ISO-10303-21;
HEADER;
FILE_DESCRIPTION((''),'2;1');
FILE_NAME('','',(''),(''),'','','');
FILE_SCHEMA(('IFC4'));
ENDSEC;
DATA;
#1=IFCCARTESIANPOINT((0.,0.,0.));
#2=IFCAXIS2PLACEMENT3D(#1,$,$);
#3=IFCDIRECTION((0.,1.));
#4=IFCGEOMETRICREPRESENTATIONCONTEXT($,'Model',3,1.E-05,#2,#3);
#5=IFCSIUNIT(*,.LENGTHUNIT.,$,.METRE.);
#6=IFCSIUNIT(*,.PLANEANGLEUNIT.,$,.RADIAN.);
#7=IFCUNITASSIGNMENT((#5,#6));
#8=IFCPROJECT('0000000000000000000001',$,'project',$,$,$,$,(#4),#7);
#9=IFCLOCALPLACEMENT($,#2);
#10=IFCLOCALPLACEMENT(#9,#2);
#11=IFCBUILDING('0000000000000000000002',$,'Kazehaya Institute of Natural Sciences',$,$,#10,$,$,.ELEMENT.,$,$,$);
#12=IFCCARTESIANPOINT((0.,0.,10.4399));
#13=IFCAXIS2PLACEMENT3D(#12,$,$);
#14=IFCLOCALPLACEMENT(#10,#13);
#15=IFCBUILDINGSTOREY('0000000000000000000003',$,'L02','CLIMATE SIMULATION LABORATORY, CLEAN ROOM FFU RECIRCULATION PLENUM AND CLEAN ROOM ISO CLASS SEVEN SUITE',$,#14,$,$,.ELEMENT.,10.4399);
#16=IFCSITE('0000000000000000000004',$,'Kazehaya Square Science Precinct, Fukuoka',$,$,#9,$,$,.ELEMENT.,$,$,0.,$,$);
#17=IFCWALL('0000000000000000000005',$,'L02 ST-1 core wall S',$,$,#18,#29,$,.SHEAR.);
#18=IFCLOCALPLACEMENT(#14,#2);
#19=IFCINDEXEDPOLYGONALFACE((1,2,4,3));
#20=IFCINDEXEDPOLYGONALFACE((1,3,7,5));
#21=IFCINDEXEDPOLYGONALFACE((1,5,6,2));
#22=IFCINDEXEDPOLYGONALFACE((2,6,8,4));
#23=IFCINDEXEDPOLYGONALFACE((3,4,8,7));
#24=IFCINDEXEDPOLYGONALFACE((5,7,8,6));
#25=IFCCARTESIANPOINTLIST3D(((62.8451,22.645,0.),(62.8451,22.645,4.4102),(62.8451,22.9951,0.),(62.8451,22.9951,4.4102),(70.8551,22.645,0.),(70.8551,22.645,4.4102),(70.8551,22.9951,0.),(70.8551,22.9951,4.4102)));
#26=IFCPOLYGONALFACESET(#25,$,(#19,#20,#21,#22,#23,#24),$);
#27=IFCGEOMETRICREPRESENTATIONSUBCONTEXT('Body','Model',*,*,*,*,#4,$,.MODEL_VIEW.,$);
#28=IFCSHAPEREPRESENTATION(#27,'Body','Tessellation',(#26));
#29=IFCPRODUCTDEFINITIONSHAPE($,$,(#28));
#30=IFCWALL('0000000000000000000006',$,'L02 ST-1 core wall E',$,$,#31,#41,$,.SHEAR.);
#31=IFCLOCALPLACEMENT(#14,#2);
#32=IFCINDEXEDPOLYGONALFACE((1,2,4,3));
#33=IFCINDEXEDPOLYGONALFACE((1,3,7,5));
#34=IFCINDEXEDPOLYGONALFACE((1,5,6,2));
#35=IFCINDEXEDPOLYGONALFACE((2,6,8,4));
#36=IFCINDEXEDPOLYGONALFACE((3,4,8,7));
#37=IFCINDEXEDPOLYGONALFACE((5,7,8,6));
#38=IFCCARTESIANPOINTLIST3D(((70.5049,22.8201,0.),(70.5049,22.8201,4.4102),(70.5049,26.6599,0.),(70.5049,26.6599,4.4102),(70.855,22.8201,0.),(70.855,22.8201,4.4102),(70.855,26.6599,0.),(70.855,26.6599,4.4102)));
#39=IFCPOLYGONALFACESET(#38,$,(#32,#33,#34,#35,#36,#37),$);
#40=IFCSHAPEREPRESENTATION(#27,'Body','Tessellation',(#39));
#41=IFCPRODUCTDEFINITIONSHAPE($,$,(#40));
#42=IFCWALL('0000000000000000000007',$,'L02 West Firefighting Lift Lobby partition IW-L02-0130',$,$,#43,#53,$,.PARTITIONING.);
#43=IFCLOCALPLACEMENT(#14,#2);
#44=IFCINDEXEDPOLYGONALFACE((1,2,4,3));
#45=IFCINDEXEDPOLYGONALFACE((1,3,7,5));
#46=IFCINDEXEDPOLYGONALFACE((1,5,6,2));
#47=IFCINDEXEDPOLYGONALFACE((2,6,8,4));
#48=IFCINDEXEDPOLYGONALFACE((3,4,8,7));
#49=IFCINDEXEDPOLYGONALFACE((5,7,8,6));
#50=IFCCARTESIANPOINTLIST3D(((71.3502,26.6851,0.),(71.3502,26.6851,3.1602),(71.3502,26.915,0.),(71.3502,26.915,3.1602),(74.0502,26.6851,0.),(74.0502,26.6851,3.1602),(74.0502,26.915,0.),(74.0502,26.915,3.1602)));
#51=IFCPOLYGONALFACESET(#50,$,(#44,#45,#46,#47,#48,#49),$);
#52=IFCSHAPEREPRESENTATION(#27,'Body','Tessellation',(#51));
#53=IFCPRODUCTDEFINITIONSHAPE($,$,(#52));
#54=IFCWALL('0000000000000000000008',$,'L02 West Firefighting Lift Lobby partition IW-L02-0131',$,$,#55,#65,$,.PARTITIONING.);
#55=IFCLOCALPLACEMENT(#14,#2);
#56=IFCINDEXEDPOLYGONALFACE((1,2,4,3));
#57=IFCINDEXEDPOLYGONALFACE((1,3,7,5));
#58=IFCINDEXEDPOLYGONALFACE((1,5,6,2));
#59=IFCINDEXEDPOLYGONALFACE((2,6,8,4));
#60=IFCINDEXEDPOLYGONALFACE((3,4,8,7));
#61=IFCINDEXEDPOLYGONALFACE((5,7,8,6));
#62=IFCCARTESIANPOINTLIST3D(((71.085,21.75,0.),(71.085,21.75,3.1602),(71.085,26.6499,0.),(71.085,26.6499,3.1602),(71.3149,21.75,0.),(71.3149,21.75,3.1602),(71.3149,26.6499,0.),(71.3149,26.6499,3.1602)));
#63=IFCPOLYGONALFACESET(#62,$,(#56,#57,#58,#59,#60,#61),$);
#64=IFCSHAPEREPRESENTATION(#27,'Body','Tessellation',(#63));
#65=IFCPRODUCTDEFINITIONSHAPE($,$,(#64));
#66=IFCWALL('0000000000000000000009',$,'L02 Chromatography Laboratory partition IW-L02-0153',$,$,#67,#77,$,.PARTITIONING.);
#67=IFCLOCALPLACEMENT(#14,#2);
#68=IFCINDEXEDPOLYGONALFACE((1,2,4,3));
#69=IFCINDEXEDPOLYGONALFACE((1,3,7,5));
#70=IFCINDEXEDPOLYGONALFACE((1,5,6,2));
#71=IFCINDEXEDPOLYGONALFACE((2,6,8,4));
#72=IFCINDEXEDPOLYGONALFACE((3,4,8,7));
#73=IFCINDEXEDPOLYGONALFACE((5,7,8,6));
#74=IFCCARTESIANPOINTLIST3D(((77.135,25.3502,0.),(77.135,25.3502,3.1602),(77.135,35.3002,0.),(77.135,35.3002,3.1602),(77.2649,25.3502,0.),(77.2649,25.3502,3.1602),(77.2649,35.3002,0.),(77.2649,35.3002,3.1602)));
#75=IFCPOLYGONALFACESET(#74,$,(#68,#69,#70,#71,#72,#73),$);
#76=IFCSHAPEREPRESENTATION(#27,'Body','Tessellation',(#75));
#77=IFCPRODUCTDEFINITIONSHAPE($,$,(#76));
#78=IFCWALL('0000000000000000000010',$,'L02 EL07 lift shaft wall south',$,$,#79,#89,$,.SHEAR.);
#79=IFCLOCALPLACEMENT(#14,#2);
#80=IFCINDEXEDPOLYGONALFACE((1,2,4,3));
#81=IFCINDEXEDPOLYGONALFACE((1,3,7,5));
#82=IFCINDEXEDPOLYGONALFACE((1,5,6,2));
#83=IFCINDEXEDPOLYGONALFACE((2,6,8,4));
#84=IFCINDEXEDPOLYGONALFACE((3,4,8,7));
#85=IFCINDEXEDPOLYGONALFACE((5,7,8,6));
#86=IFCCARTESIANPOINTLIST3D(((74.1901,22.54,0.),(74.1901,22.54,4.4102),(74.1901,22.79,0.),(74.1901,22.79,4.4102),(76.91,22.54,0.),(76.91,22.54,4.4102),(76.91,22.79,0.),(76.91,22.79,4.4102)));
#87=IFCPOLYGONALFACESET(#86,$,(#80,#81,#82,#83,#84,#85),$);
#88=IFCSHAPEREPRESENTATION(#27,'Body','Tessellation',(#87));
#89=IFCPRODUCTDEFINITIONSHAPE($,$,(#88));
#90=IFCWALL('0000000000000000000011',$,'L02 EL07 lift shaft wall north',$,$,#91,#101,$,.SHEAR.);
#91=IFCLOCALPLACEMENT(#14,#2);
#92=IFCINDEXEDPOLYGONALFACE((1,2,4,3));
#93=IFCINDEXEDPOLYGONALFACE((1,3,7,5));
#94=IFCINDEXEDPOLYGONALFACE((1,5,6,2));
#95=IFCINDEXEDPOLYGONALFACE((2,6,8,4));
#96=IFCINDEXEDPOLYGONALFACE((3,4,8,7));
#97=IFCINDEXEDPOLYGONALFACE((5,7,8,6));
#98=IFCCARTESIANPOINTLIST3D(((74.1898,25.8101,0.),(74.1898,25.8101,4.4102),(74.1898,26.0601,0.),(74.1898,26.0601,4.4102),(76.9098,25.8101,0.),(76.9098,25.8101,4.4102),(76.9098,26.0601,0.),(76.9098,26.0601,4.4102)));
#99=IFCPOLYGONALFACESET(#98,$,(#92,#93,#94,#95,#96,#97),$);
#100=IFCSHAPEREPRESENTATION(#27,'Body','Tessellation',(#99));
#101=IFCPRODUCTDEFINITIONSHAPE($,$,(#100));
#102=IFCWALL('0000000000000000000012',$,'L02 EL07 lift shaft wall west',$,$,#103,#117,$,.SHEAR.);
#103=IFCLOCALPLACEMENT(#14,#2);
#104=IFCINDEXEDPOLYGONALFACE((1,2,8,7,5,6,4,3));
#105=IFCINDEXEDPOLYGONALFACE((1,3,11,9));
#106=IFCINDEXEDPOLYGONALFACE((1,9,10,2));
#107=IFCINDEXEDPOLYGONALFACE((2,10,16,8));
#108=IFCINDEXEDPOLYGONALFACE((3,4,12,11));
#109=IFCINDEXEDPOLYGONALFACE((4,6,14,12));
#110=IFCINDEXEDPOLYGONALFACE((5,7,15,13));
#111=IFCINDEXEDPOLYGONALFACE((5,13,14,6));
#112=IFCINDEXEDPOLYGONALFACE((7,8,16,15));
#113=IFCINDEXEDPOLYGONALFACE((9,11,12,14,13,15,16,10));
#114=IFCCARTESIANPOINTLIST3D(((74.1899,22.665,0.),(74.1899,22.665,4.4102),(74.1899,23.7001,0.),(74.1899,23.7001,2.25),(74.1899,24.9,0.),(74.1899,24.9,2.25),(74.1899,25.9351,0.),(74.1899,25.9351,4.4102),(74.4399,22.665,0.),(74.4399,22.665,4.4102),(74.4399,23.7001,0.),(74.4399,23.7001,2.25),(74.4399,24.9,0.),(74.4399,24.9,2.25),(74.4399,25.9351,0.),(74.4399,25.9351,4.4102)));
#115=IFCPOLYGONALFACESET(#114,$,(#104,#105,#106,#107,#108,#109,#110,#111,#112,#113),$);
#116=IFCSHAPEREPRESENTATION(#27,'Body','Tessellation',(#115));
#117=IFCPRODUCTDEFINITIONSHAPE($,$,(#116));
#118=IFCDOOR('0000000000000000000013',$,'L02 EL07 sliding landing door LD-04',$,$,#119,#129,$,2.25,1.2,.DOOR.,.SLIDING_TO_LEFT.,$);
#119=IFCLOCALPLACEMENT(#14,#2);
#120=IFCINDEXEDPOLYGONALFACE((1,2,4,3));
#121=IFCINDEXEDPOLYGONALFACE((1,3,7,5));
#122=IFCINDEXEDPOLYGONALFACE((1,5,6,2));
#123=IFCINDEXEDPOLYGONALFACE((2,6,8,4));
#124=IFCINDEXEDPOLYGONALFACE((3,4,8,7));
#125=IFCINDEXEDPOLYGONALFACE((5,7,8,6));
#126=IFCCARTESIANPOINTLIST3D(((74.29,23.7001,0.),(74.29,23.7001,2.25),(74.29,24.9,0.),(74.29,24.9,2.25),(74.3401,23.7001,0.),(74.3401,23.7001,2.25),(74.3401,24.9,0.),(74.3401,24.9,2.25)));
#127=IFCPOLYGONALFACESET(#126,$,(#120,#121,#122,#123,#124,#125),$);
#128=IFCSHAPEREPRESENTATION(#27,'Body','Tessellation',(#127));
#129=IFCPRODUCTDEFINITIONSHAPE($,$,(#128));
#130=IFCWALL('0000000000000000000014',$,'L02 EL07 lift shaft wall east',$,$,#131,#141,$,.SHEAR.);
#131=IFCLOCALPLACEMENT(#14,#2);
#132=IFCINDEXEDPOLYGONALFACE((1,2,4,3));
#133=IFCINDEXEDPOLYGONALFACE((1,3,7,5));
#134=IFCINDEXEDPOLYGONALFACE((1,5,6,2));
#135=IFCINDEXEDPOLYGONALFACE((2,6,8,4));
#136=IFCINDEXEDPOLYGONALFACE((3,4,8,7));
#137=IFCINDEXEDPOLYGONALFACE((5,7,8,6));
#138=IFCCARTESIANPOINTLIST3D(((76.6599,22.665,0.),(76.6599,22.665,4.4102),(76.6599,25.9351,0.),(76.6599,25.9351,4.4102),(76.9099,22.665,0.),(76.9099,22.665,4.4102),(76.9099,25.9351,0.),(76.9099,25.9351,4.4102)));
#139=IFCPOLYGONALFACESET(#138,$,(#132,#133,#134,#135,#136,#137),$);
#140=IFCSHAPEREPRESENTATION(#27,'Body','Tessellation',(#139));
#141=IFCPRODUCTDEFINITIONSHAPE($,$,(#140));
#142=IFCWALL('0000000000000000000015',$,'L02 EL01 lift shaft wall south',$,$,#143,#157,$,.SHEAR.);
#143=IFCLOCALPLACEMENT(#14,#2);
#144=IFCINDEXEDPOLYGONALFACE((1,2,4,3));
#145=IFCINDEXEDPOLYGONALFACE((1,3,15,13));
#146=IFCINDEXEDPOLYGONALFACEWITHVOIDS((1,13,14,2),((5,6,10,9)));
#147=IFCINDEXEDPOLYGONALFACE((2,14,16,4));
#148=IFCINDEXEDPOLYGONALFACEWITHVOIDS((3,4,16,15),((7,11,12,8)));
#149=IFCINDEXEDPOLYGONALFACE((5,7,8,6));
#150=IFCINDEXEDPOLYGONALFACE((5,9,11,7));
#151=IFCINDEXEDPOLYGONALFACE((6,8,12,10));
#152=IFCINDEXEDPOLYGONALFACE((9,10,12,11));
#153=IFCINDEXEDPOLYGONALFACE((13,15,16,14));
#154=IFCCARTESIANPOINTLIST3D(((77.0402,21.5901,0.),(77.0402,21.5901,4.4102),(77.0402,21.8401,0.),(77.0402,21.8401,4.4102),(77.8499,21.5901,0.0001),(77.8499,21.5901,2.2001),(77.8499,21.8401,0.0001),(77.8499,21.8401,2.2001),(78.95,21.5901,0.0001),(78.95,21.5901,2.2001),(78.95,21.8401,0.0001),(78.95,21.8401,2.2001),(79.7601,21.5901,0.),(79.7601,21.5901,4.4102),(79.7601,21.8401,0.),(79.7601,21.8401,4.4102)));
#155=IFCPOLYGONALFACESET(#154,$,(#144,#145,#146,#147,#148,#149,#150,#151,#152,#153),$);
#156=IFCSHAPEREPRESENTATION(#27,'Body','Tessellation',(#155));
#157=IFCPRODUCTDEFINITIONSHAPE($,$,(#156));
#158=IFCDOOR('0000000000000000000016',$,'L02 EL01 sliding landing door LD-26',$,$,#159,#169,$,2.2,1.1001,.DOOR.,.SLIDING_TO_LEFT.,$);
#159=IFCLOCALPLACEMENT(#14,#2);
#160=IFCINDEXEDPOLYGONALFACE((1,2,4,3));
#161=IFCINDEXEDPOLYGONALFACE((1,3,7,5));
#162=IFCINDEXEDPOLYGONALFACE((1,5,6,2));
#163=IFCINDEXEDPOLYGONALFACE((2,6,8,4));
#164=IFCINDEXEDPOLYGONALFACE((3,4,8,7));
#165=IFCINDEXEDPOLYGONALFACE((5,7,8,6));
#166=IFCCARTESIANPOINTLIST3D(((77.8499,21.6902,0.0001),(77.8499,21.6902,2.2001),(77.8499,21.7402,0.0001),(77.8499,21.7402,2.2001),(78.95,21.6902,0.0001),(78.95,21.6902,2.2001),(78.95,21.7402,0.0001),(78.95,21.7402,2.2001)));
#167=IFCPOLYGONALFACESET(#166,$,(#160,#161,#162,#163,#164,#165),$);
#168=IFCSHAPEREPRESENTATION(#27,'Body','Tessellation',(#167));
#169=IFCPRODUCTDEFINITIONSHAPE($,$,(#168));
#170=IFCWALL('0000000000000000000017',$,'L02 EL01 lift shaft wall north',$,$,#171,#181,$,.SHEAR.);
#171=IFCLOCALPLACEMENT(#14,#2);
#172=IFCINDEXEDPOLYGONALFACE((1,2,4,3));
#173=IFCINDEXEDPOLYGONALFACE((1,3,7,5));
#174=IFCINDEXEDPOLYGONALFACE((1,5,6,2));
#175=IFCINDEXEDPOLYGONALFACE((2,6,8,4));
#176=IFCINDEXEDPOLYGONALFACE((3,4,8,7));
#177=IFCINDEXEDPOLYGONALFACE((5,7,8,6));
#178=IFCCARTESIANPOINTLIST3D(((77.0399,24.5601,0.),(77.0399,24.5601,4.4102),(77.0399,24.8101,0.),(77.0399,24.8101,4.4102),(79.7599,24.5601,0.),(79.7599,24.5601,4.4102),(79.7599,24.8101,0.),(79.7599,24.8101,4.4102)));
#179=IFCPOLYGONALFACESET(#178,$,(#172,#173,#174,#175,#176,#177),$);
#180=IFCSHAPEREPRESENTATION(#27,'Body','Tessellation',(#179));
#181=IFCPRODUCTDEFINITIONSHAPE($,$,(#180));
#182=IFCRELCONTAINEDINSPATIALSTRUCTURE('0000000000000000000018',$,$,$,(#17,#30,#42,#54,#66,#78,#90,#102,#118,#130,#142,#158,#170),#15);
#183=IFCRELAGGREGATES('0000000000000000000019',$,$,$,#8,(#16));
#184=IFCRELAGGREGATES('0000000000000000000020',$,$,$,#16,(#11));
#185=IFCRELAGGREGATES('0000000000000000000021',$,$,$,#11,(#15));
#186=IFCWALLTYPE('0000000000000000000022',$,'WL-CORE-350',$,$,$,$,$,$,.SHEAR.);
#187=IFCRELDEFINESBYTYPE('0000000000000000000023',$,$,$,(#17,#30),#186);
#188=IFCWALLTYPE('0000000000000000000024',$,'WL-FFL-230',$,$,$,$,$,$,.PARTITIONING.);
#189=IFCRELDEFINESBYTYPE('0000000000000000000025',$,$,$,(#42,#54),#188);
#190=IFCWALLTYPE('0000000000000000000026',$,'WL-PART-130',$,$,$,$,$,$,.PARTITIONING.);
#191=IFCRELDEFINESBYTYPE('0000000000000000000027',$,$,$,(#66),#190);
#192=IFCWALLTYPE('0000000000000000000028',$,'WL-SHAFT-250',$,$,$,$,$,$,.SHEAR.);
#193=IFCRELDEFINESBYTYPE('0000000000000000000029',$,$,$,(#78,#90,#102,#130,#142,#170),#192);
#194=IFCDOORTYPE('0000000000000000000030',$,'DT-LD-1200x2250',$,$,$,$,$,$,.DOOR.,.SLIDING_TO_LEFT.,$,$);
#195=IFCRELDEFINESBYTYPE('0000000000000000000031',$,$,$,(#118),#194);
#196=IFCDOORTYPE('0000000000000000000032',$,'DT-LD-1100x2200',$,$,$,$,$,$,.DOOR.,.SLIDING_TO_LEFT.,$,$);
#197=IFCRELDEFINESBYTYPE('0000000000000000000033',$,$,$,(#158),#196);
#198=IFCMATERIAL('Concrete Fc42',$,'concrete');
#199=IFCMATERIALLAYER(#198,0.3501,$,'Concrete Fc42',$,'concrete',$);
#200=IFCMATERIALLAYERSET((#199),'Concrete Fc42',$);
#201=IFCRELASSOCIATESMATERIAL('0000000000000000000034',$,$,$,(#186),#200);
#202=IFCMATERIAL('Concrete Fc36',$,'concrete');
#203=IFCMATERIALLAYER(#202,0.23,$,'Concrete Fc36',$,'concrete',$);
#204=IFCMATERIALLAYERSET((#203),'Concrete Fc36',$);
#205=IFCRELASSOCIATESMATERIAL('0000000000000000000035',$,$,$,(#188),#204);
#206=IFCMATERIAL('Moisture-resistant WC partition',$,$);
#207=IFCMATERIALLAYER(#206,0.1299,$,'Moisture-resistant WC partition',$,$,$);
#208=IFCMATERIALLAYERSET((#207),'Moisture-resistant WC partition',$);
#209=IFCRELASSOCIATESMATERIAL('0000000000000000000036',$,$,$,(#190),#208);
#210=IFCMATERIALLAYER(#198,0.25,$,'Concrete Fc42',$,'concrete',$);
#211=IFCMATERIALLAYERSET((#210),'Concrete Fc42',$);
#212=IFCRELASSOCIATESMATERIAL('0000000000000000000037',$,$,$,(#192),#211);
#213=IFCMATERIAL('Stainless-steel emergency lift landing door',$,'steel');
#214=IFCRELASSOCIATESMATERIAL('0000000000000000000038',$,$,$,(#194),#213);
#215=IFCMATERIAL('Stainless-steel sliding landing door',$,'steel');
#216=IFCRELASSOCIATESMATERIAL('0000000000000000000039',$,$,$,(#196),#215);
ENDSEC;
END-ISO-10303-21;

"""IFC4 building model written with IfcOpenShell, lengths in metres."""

from ifc_helpers import new_model, si_unit, direction, frame, frame_2d, origin, place, context, subcontext, project, spatial, rectangle, extrude, material, layer, layer_set, type_object, element, fill, save


model = new_model("IFC4")

# Units and contexts
model_context = context("Model", 3, precision=1e-05, world=origin(), true_north=direction((0.0, 1.0)))
body_context = subcontext(model_context, "Body", "Model", "MODEL_VIEW")
ifc_project = project(units=[si_unit("LENGTHUNIT", "METRE"), si_unit("PLANEANGLEUNIT", "RADIAN")], contexts=[model_context])

# Site, building, storey
site_placement = place(None, origin())
site = spatial("IfcSite", under=ifc_project, at=site_placement, Name="Kazehaya Square Science Precinct, Fukuoka", CompositionType="ELEMENT", RefElevation=0.0)
building_placement = place(site_placement, origin())
building = spatial("IfcBuilding", under=site, at=building_placement, Name="Kazehaya Institute of Natural Sciences", CompositionType="ELEMENT")
storey_placement = place(building_placement, frame((0.0, 0.0, 10.4399)))
storey = spatial("IfcBuildingStorey", under=building, at=storey_placement, Name="L02", Description="CLIMATE SIMULATION LABORATORY, CLEAN ROOM FFU RECIRCULATION PLENUM AND CLEAN ROOM ISO CLASS SEVEN SUITE", CompositionType="ELEMENT", Elevation=10.4399)

# Shared definitions
ifc_material_1 = material(Name="Concrete Fc42", Category="concrete")

# Shared definitions
ifc_material_2 = material(Name="Concrete Fc36", Category="concrete")

# Walls
ifc_layer_1 = layer(ifc_material_1, 0.3501, Name="Concrete Fc42", Category="concrete")
ifc_layer_set_1 = layer_set([ifc_layer_1], Name="Concrete Fc42")
wall_type_1 = type_object("IfcWallType", Name="WL-CORE-350", PredefinedType="SHEAR", material=ifc_layer_set_1)
wall_1_placement = place(storey_placement, frame((70.855, 22.8201, 0.0), z_axis=(0.0, 0.0, 1.0), x_axis=(-1.0, 0.0, 0.0)))
element("IfcWall", 1, at=wall_1_placement, inside=storey, type_object=wall_type_1, Name="L02 ST-1 core wall S", PredefinedType="SHEAR", context=body_context, shape_type="SweptSolid", body=[
    extrude(rectangle(XDim=8.01, YDim=0.3501, at=frame_2d((4.0049, 0.0))), origin(), (0.0, 0.0, 1.0), 4.4102),
])
wall_2_placement = place(storey_placement, frame((70.6799, 26.6599, 0.0), z_axis=(0.0, 0.0, 1.0), x_axis=(0.0, -1.0, 0.0)))
element("IfcWall", 2, at=wall_2_placement, inside=storey, type_object=wall_type_1, Name="L02 ST-1 core wall E", PredefinedType="SHEAR", context=body_context, shape_type="SweptSolid", body=[
    extrude(rectangle(XDim=3.8398, YDim=0.3501, at=frame_2d((1.9199, 0.0))), origin(), (0.0, 0.0, 1.0), 4.4102),
])

# Shared definitions
ifc_layer_2 = layer(ifc_material_2, 0.23, Name="Concrete Fc36", Category="concrete")
ifc_layer_set_2 = layer_set([ifc_layer_2], Name="Concrete Fc36")
wall_type_2 = type_object("IfcWallType", Name="WL-FFL-230", PredefinedType="PARTITIONING", material=ifc_layer_set_2)

# Walls
wall_3_placement = place(storey_placement, frame((71.3501, 26.8, 0.0), z_axis=(0.0, 0.0, 1.0), x_axis=(1.0, 0.0, 0.0)))
element("IfcWall", 3, at=wall_3_placement, inside=storey, type_object=wall_type_2, Name="L02 West Firefighting Lift Lobby partition IW-L02-0130", PredefinedType="PARTITIONING", context=body_context, shape_type="SweptSolid", body=[
    extrude(rectangle(XDim=2.7, YDim=0.23, at=frame_2d((1.3501, 0.0))), origin(), (0.0, 0.0, 1.0), 3.1602),
])
wall_4_placement = place(storey_placement, frame((71.2, 21.75, 0.0), z_axis=(0.0, 0.0, 1.0), x_axis=(0.0, 1.0, 0.0)))
element("IfcWall", 4, at=wall_4_placement, inside=storey, type_object=wall_type_2, Name="L02 West Firefighting Lift Lobby partition IW-L02-0131", PredefinedType="PARTITIONING", context=body_context, shape_type="SweptSolid", body=[
    extrude(rectangle(XDim=4.8999, YDim=0.23, at=frame_2d((2.45, 0.0))), origin(), (0.0, 0.0, 1.0), 3.1602),
])
ifc_material_3 = material(Name="Moisture-resistant WC partition")
ifc_layer_3 = layer(ifc_material_3, 0.1299, Name="Moisture-resistant WC partition")
ifc_layer_set_3 = layer_set([ifc_layer_3], Name="Moisture-resistant WC partition")
wall_type_3 = type_object("IfcWallType", Name="WL-PART-130", PredefinedType="PARTITIONING", material=ifc_layer_set_3)
wall_5_placement = place(storey_placement, frame((77.2, 25.3501, 0.0), z_axis=(0.0, 0.0, 1.0), x_axis=(0.0, 1.0, 0.0)))
element("IfcWall", 5, at=wall_5_placement, inside=storey, type_object=wall_type_3, Name="L02 Chromatography Laboratory partition IW-L02-0153", PredefinedType="PARTITIONING", context=body_context, shape_type="SweptSolid", body=[
    extrude(rectangle(XDim=9.95, YDim=0.1299, at=frame_2d((4.9751, 0.0))), origin(), (0.0, 0.0, 1.0), 3.1602),
])
ifc_layer_4 = layer(ifc_material_1, 0.25, Name="Concrete Fc42", Category="concrete")
ifc_layer_set_4 = layer_set([ifc_layer_4], Name="Concrete Fc42")
wall_type_4 = type_object("IfcWallType", Name="WL-SHAFT-250", PredefinedType="SHEAR", material=ifc_layer_set_4)
for number, where, z_axis, x_axis, name in (
    (6, (76.9099, 22.665, 0.0), (0.0, 0.0, 1.0), (-1.0, 0.0, 0.0), "L02 EL07 lift shaft wall south"),
    (7, (74.1899, 25.9351, 0.0), (0.0, 0.0, 1.0), (1.0, 0.0, 0.0), "L02 EL07 lift shaft wall north"),
):
    element("IfcWall", number, at=place(storey_placement, frame(where, z_axis=z_axis, x_axis=x_axis)), inside=storey, type_object=wall_type_4, Name=name, PredefinedType="SHEAR", context=body_context, shape_type="SweptSolid", body=[
        extrude(rectangle(XDim=2.72, YDim=0.25, at=frame_2d((1.3599, 0.0))), origin(), (0.0, 0.0, 1.0), 4.4102),
    ])

# Wall, opening, door
wall_6_placement = place(storey_placement, frame((74.3149, 22.665, 0.0), z_axis=(0.0, 0.0, 1.0), x_axis=(0.0, 1.0, 0.0)))
wall_6 = element("IfcWall", 8, at=wall_6_placement, inside=storey, type_object=wall_type_4, Name="L02 EL07 lift shaft wall west", PredefinedType="SHEAR", context=body_context, shape_type="SweptSolid", body=[
    extrude(rectangle(XDim=3.27, YDim=0.25, at=frame_2d((1.635, 0.0))), origin(), (0.0, 0.0, 1.0), 4.4102),
])
opening_1_placement = place(wall_6_placement, frame((1.0349, 0.0, 0.0)))
opening_1 = element("IfcOpeningElement", 9, at=opening_1_placement, cuts=wall_6, PredefinedType="OPENING", context=body_context, shape_type="SweptSolid", body=[
    extrude(rectangle(XDim=1.2, YDim=2.25, at=frame_2d((0.6001, 1.125))), frame((0.0, 0.135, 0.0), z_axis=(0.0, -1.0, 0.0), x_axis=(1.0, 0.0, 0.0)), (0.0, 0.0, 1.0), 0.27),
])
ifc_material_4 = material(Name="Stainless-steel emergency lift landing door", Category="steel")
door_type_1 = type_object("IfcDoorType", Name="DT-LD-1200x2250", OperationType="SLIDING_TO_LEFT", PredefinedType="DOOR", material=ifc_material_4)
door_1_placement = place(opening_1_placement, origin())
door_1 = element("IfcDoor", 10, at=door_1_placement, inside=storey, type_object=door_type_1, Name="L02 EL07 sliding landing door LD-04", OperationType="SLIDING_TO_LEFT", OverallHeight=2.25, OverallWidth=1.2, PredefinedType="DOOR", context=body_context, shape_type="SweptSolid", body=[
    extrude(rectangle(XDim=1.2, YDim=2.25, at=frame_2d((0.6001, 1.125))), frame((0.0, 0.0249, 0.0), z_axis=(0.0, -1.0, 0.0), x_axis=(1.0, 0.0, 0.0)), (0.0, 0.0, 1.0), 0.05),
])
fill(opening_1, door_1)

# Wall
wall_7_placement = place(storey_placement, frame((76.7849, 25.9351, 0.0), z_axis=(0.0, 0.0, 1.0), x_axis=(0.0, -1.0, 0.0)))
element("IfcWall", 11, at=wall_7_placement, inside=storey, type_object=wall_type_4, Name="L02 EL07 lift shaft wall east", PredefinedType="SHEAR", context=body_context, shape_type="SweptSolid", body=[
    extrude(rectangle(XDim=3.27, YDim=0.25, at=frame_2d((1.635, 0.0))), origin(), (0.0, 0.0, 1.0), 4.4102),
])

# Wall, opening, door
wall_8_placement = place(storey_placement, frame((79.76, 21.7151, 0.0), z_axis=(0.0, 0.0, 1.0), x_axis=(-1.0, 0.0, 0.0)))
wall_8 = element("IfcWall", 12, at=wall_8_placement, inside=storey, type_object=wall_type_4, Name="L02 EL01 lift shaft wall south", PredefinedType="SHEAR", context=body_context, shape_type="SweptSolid", body=[
    extrude(rectangle(XDim=2.72, YDim=0.25, at=frame_2d((1.3599, 0.0))), origin(), (0.0, 0.0, 1.0), 4.4102),
])
opening_2_placement = place(wall_8_placement, frame((0.8101, 0.0, 0.0)))
opening_2 = element("IfcOpeningElement", 13, at=opening_2_placement, cuts=wall_8, PredefinedType="OPENING", context=body_context, shape_type="SweptSolid", body=[
    extrude(rectangle(XDim=1.1001, YDim=2.2, at=frame_2d((0.55, 1.1001))), frame((0.0, 0.135, 0.0), z_axis=(0.0, -1.0, 0.0), x_axis=(1.0, 0.0, 0.0)), (0.0, 0.0, 1.0), 0.27),
])
ifc_material_5 = material(Name="Stainless-steel sliding landing door", Category="steel")
door_type_2 = type_object("IfcDoorType", Name="DT-LD-1100x2200", OperationType="SLIDING_TO_LEFT", PredefinedType="DOOR", material=ifc_material_5)
door_2_placement = place(opening_2_placement, origin())
door_2 = element("IfcDoor", 14, at=door_2_placement, inside=storey, type_object=door_type_2, Name="L02 EL01 sliding landing door LD-26", OperationType="SLIDING_TO_LEFT", OverallHeight=2.2, OverallWidth=1.1001, PredefinedType="DOOR", context=body_context, shape_type="SweptSolid", body=[
    extrude(rectangle(XDim=1.1001, YDim=2.2, at=frame_2d((0.55, 1.1001))), frame((0.0, 0.0249, 0.0), z_axis=(0.0, -1.0, 0.0), x_axis=(1.0, 0.0, 0.0)), (0.0, 0.0, 1.0), 0.05),
])
fill(opening_2, door_2)

# Wall
wall_9_placement = place(storey_placement, frame((77.04, 24.6851, 0.0), z_axis=(0.0, 0.0, 1.0), x_axis=(1.0, 0.0, 0.0)))
element("IfcWall", 15, at=wall_9_placement, inside=storey, type_object=wall_type_4, Name="L02 EL01 lift shaft wall north", PredefinedType="SHEAR", context=body_context, shape_type="SweptSolid", body=[
    extrude(rectangle(XDim=2.72, YDim=0.25, at=frame_2d((1.3599, 0.0))), origin(), (0.0, 0.0, 1.0), 4.4102),
])

save(model, "model.ifc")
